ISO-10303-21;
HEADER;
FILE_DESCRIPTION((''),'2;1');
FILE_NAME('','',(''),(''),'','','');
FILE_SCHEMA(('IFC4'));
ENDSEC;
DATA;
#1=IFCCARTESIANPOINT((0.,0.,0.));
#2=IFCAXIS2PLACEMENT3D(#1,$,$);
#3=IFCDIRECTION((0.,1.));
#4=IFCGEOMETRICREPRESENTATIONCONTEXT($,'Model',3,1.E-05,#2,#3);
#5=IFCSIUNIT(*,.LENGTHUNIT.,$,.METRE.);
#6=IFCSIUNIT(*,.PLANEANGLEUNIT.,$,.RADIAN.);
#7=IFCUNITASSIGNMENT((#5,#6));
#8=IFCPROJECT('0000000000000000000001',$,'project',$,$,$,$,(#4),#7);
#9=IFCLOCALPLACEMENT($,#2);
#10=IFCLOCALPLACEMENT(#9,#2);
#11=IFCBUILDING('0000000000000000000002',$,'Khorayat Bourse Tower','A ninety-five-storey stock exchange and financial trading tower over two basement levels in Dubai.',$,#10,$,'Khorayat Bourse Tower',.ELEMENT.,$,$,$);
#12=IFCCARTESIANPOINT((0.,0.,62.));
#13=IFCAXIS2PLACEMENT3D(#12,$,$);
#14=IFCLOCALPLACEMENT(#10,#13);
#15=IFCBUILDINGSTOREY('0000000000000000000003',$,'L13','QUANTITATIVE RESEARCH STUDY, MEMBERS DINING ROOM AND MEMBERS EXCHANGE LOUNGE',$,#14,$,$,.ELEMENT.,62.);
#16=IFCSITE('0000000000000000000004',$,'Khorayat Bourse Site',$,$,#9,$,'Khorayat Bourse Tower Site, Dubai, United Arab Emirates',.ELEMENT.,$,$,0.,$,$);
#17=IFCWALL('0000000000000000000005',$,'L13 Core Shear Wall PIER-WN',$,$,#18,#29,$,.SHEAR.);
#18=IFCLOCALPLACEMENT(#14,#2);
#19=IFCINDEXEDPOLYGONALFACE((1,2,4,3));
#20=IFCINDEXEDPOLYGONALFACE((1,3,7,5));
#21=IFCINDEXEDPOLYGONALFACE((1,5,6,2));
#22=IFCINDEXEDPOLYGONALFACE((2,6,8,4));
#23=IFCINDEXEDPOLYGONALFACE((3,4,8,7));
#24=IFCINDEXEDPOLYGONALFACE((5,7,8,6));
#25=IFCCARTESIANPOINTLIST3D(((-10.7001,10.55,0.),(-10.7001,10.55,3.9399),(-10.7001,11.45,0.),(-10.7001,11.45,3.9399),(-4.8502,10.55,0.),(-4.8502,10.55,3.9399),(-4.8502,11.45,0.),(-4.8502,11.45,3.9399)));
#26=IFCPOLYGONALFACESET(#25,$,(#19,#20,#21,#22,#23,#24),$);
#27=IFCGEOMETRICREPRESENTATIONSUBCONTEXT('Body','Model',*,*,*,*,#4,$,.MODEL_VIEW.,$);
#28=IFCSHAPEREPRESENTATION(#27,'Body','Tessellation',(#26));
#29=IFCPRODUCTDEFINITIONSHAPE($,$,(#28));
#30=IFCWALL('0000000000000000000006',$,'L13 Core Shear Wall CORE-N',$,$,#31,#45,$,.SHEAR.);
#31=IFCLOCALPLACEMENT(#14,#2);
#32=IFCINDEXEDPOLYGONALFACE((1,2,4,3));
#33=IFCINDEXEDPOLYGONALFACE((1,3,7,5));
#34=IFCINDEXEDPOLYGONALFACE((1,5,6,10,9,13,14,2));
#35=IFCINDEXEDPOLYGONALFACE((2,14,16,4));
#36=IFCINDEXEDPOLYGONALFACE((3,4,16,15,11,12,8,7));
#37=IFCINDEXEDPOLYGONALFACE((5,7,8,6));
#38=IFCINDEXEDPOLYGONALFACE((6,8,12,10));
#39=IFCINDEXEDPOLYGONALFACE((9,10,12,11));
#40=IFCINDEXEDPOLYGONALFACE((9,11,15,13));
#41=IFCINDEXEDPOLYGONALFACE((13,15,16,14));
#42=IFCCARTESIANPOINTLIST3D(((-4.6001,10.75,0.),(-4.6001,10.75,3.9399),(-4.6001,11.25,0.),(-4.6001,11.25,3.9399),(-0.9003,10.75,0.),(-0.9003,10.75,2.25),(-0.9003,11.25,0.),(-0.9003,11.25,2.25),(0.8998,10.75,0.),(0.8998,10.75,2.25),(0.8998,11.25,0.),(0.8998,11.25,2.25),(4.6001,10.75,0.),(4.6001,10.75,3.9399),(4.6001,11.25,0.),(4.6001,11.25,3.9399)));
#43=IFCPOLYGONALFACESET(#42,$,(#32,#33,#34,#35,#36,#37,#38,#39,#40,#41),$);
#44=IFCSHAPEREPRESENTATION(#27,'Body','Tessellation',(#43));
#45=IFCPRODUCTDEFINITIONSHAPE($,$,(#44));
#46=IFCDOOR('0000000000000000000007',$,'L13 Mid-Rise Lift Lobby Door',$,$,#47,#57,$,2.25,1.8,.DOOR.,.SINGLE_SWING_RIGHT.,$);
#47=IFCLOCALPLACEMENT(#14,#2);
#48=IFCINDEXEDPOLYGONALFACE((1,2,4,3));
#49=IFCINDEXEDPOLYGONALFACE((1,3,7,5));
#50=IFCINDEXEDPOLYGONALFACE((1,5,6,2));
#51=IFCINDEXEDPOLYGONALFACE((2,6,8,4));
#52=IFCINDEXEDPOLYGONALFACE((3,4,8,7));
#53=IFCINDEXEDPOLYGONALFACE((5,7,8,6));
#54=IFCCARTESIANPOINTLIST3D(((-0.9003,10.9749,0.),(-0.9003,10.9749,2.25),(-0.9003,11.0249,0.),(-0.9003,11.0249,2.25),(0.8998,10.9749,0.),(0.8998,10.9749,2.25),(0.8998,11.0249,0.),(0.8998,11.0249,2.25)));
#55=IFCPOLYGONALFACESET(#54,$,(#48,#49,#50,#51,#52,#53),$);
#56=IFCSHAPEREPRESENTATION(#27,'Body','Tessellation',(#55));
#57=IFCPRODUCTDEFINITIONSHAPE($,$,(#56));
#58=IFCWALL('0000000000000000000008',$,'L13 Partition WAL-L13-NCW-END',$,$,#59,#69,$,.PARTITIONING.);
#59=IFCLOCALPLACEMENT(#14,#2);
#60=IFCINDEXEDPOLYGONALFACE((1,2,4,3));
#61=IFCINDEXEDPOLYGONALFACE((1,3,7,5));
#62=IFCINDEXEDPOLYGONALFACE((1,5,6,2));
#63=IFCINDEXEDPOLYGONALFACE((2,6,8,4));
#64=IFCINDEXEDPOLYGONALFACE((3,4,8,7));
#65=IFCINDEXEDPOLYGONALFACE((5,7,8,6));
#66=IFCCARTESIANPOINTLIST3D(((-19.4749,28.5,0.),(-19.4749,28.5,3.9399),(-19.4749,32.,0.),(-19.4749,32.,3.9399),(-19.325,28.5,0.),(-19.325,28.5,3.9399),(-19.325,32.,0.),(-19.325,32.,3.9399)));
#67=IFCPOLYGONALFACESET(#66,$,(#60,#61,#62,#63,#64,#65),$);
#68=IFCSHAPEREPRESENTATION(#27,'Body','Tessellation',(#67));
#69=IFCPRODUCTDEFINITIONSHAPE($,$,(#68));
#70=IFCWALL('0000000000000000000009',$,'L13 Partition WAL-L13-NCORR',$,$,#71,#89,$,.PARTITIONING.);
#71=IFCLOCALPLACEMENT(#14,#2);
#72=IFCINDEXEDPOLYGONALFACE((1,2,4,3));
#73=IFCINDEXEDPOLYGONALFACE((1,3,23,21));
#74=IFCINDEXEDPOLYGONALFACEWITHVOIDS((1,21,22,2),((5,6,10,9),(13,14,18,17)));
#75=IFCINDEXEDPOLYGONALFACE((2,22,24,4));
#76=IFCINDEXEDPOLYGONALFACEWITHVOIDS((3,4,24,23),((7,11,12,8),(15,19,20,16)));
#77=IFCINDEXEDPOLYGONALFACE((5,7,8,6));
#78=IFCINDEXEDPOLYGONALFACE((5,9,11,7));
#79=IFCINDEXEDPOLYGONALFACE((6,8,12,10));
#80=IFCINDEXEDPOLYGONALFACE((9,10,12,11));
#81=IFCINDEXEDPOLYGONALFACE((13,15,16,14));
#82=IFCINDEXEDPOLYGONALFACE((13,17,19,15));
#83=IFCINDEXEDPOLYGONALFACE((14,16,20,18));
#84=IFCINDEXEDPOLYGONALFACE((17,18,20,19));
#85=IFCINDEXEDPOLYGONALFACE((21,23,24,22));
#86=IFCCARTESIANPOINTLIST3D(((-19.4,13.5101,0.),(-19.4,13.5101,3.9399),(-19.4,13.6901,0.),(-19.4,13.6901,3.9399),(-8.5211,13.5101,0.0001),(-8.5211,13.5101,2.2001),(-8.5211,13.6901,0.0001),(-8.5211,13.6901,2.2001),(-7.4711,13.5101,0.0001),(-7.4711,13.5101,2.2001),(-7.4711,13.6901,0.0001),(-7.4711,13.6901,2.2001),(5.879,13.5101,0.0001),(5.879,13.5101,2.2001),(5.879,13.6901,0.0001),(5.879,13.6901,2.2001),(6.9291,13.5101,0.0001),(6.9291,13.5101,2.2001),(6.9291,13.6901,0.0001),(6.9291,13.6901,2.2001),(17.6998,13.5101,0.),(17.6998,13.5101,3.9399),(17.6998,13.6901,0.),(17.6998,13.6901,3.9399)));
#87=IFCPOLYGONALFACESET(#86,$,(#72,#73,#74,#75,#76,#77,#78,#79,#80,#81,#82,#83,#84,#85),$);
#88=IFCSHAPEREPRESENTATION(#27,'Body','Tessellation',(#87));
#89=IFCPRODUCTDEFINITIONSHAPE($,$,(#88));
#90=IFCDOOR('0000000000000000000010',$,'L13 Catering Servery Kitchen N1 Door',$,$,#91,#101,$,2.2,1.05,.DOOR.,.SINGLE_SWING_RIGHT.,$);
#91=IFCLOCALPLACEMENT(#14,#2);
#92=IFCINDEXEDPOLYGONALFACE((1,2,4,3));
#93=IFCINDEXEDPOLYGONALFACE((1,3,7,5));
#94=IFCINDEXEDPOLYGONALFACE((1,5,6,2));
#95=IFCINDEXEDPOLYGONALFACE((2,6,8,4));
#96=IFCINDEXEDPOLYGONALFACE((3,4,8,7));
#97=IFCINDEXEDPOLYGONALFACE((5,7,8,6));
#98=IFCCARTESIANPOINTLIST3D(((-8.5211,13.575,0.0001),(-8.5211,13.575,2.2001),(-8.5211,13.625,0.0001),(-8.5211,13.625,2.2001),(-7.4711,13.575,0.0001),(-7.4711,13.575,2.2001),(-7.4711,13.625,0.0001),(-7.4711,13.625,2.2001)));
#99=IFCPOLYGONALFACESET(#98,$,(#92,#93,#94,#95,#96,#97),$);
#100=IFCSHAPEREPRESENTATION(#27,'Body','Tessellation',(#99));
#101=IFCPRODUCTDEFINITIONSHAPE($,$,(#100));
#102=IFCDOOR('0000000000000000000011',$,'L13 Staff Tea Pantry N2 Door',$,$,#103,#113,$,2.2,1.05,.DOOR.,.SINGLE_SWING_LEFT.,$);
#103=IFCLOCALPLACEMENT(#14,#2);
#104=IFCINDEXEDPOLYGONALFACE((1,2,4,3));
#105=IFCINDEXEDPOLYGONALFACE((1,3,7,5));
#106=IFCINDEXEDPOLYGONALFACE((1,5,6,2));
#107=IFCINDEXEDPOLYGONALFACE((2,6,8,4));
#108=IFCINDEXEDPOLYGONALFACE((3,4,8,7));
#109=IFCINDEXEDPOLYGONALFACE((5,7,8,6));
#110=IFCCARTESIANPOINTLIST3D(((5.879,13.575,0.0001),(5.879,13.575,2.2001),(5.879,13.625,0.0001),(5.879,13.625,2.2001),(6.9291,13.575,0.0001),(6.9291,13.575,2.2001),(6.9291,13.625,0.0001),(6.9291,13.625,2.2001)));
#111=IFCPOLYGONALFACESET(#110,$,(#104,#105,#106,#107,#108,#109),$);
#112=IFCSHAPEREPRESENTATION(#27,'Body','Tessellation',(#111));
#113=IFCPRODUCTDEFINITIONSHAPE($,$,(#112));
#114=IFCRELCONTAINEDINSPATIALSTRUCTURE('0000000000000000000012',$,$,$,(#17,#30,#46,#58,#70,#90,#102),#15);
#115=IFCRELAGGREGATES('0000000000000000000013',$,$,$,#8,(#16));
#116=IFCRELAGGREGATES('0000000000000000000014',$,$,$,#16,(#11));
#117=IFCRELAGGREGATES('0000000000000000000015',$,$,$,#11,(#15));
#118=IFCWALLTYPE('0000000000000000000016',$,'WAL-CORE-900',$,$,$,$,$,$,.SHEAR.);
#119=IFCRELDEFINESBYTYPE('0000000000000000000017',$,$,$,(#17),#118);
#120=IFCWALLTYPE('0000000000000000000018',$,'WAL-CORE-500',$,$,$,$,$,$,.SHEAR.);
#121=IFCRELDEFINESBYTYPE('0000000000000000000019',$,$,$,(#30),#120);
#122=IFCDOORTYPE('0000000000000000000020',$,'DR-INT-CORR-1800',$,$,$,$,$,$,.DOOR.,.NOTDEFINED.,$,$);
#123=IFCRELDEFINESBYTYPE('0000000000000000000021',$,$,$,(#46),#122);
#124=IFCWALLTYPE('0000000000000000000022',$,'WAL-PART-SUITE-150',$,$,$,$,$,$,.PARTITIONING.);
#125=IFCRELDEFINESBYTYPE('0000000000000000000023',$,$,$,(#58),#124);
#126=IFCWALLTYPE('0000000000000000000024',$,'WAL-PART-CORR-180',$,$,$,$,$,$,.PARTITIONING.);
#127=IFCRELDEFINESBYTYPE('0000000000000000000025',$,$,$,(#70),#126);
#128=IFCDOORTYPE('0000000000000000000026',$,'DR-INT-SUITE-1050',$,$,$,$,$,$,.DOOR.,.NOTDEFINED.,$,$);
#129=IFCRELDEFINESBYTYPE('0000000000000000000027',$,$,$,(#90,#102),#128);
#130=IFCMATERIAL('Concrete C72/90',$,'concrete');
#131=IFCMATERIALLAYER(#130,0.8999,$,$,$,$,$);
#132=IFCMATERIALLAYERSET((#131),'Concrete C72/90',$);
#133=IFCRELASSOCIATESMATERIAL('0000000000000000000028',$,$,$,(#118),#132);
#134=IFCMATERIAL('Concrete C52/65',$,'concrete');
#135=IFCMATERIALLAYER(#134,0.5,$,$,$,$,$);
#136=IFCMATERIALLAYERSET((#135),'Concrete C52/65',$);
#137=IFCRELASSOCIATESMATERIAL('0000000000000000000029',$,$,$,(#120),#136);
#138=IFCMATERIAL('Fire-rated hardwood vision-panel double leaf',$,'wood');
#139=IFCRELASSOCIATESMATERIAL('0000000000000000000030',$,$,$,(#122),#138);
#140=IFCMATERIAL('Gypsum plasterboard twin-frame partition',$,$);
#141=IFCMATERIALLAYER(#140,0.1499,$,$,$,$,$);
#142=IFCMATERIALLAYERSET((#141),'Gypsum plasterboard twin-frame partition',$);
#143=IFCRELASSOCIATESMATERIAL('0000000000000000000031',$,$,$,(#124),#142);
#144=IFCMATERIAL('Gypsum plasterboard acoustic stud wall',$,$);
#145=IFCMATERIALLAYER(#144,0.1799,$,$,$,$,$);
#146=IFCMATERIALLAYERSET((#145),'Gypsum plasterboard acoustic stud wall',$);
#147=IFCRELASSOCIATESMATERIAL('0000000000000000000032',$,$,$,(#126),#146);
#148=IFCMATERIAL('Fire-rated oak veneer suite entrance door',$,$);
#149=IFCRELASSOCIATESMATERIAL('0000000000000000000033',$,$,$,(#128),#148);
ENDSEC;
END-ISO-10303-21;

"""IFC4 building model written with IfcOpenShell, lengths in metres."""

from ifc_helpers import new_model, si_unit, direction, frame, frame_2d, origin, place, context, subcontext, project, spatial, rectangle, extrude, source, transform, mapped, material, layer, layer_set, type_object, element, fill, save


model = new_model("IFC4")

# Units and contexts
model_context = context("Model", 3, precision=1e-05, world=origin(), true_north=direction((0.0, 1.0)))
body_context = subcontext(model_context, "Body", "Model", "MODEL_VIEW")
ifc_project = project(units=[si_unit("LENGTHUNIT", "METRE"), si_unit("PLANEANGLEUNIT", "RADIAN")], contexts=[model_context])

# Site, building, storey
site_placement = place(None, origin())
site = spatial("IfcSite", under=ifc_project, at=site_placement, Name="Khorayat Bourse Site", LongName="Khorayat Bourse Tower Site, Dubai, United Arab Emirates", CompositionType="ELEMENT", RefElevation=0.0)
building_placement = place(site_placement, origin())
building = spatial("IfcBuilding", under=site, at=building_placement, Name="Khorayat Bourse Tower", Description="A ninety-five-storey stock exchange and financial trading tower over two basement levels in Dubai.", LongName="Khorayat Bourse Tower", CompositionType="ELEMENT")
storey_placement = place(building_placement, frame((0.0, 0.0, 62.0)))
storey = spatial("IfcBuildingStorey", under=building, at=storey_placement, Name="L13", Description="QUANTITATIVE RESEARCH STUDY, MEMBERS DINING ROOM AND MEMBERS EXCHANGE LOUNGE", CompositionType="ELEMENT", Elevation=62.0)

# Shared definitions
ifc_material_1 = material(Name="Concrete C72/90", Category="concrete")

# Wall
ifc_layer_1 = layer(ifc_material_1, 0.8999)
ifc_layer_set_1 = layer_set([ifc_layer_1], Name="Concrete C72/90")
wall_type_1 = type_object("IfcWallType", Name="WAL-CORE-900", PredefinedType="SHEAR", material=ifc_layer_set_1)
shared_shape_1 = source(origin(), body_context, "Body", "SweptSolid", [
    extrude(rectangle(XDim=5.8499, YDim=0.8999, at=frame_2d((2.9248, 0.0))), origin(), (0.0, 0.0, 1.0), 3.9399),
])
wall_1_placement = place(storey_placement, frame((-10.7, 11.0, 0.0), z_axis=(0.0, 0.0, 1.0), x_axis=(1.0, 0.0, 0.0)))
element("IfcWall", 1, at=wall_1_placement, inside=storey, type_object=wall_type_1, Name="L13 Core Shear Wall PIER-WN", PredefinedType="SHEAR", context=body_context, shape_type="MappedRepresentation", body=[
    mapped(shared_shape_1, transform((0.0, 0.0, 0.0), scale=1.0)),
])

# Wall, opening, door
ifc_material_2 = material(Name="Concrete C52/65", Category="concrete")
ifc_layer_2 = layer(ifc_material_2, 0.5)
ifc_layer_set_2 = layer_set([ifc_layer_2], Name="Concrete C52/65")
wall_type_2 = type_object("IfcWallType", Name="WAL-CORE-500", PredefinedType="SHEAR", material=ifc_layer_set_2)
shared_shape_2 = source(origin(), body_context, "Body", "SweptSolid", [
    extrude(rectangle(XDim=9.2002, YDim=0.5, at=frame_2d((4.6001, 0.0))), origin(), (0.0, 0.0, 1.0), 3.9399),
])
wall_2_placement = place(storey_placement, frame((-4.6001, 11.0, 0.0), z_axis=(0.0, 0.0, 1.0), x_axis=(1.0, 0.0, 0.0)))
wall_2 = element("IfcWall", 2, at=wall_2_placement, inside=storey, type_object=wall_type_2, Name="L13 Core Shear Wall CORE-N", PredefinedType="SHEAR", context=body_context, shape_type="MappedRepresentation", body=[
    mapped(shared_shape_2, transform((0.0, 0.0, 0.0), scale=1.0)),
])
shared_shape_3 = source(origin(), body_context, "Body", "SweptSolid", [
    extrude(rectangle(XDim=1.8, YDim=2.25, at=frame_2d((0.8999, 1.125))), frame((0.0, 0.26, 0.0), z_axis=(0.0, -1.0, 0.0), x_axis=(1.0, 0.0, 0.0)), (0.0, 0.0, 1.0), 0.52),
])
opening_1_placement = place(wall_2_placement, frame((3.7, 0.0, 0.0)))
opening_1 = element("IfcOpeningElement", 3, at=opening_1_placement, cuts=wall_2, PredefinedType="OPENING", context=body_context, shape_type="MappedRepresentation", body=[
    mapped(shared_shape_3, transform((0.0, 0.0, 0.0), scale=1.0)),
])
ifc_material_3 = material(Name="Fire-rated hardwood vision-panel double leaf", Category="wood")
door_type_1 = type_object("IfcDoorType", Name="DR-INT-CORR-1800", OperationType="NOTDEFINED", PredefinedType="DOOR", material=ifc_material_3)
shared_shape_4 = source(origin(), body_context, "Body", "SweptSolid", [
    extrude(rectangle(XDim=1.8, YDim=2.25, at=frame_2d((0.8999, 1.125))), frame((0.0, 0.0249, 0.0), z_axis=(0.0, -1.0, 0.0), x_axis=(1.0, 0.0, 0.0)), (0.0, 0.0, 1.0), 0.05),
])
door_1_placement = place(opening_1_placement, origin())
door_1 = element("IfcDoor", 4, at=door_1_placement, inside=storey, type_object=door_type_1, Name="L13 Mid-Rise Lift Lobby Door", OperationType="SINGLE_SWING_RIGHT", OverallHeight=2.25, OverallWidth=1.8, PredefinedType="DOOR", context=body_context, shape_type="MappedRepresentation", body=[
    mapped(shared_shape_4, transform((0.0, 0.0, 0.0), scale=1.0)),
])
fill(opening_1, door_1)

# Wall
ifc_material_4 = material(Name="Gypsum plasterboard twin-frame partition")
ifc_layer_3 = layer(ifc_material_4, 0.1499)
ifc_layer_set_3 = layer_set([ifc_layer_3], Name="Gypsum plasterboard twin-frame partition")
wall_type_3 = type_object("IfcWallType", Name="WAL-PART-SUITE-150", PredefinedType="PARTITIONING", material=ifc_layer_set_3)
shared_shape_5 = source(origin(), body_context, "Body", "SweptSolid", [
    extrude(rectangle(XDim=3.5, YDim=0.1499, at=frame_2d((1.75, 0.0))), origin(), (0.0, 0.0, 1.0), 3.9399),
])
wall_3_placement = place(storey_placement, frame((-19.3999, 28.5, 0.0), z_axis=(0.0, 0.0, 1.0), x_axis=(0.0, 1.0, 0.0)))
element("IfcWall", 5, at=wall_3_placement, inside=storey, type_object=wall_type_3, Name="L13 Partition WAL-L13-NCW-END", PredefinedType="PARTITIONING", context=body_context, shape_type="MappedRepresentation", body=[
    mapped(shared_shape_5, transform((0.0, 0.0, 0.0), scale=1.0)),
])

# Wall, openings, doors
ifc_material_5 = material(Name="Gypsum plasterboard acoustic stud wall")
ifc_layer_4 = layer(ifc_material_5, 0.1799)
ifc_layer_set_4 = layer_set([ifc_layer_4], Name="Gypsum plasterboard acoustic stud wall")
wall_type_4 = type_object("IfcWallType", Name="WAL-PART-CORR-180", PredefinedType="PARTITIONING", material=ifc_layer_set_4)
shared_shape_6 = source(origin(), body_context, "Body", "SweptSolid", [
    extrude(rectangle(XDim=37.0999, YDim=0.1799, at=frame_2d((18.5498, 0.0))), origin(), (0.0, 0.0, 1.0), 3.9399),
])
wall_4_placement = place(storey_placement, frame((-19.3999, 13.6001, 0.0), z_axis=(0.0, 0.0, 1.0), x_axis=(1.0, 0.0, 0.0)))
wall_4 = element("IfcWall", 6, at=wall_4_placement, inside=storey, type_object=wall_type_4, Name="L13 Partition WAL-L13-NCORR", PredefinedType="PARTITIONING", context=body_context, shape_type="MappedRepresentation", body=[
    mapped(shared_shape_6, transform((0.0, 0.0, 0.0), scale=1.0)),
])
shared_shape_7 = source(origin(), body_context, "Body", "SweptSolid", [
    extrude(rectangle(XDim=1.05, YDim=2.2, at=frame_2d((0.5249, 1.1001))), frame((0.0, 0.0999, 0.0), z_axis=(0.0, -1.0, 0.0), x_axis=(1.0, 0.0, 0.0)), (0.0, 0.0, 1.0), 0.2),
])
opening_2_placement = place(wall_4_placement, frame((10.8789, 0.0, 0.0)))
opening_2 = element("IfcOpeningElement", 7, at=opening_2_placement, cuts=wall_4, PredefinedType="OPENING", context=body_context, shape_type="MappedRepresentation", body=[
    mapped(shared_shape_7, transform((0.0, 0.0, 0.0), scale=1.0)),
])
opening_3_placement = place(wall_4_placement, frame((25.2791, 0.0, 0.0)))
opening_3 = element("IfcOpeningElement", 8, at=opening_3_placement, cuts=wall_4, PredefinedType="OPENING", context=body_context, shape_type="MappedRepresentation", body=[
    mapped(shared_shape_7, transform((0.0, 0.0, 0.0), scale=1.0)),
])
ifc_material_6 = material(Name="Fire-rated oak veneer suite entrance door")
door_type_2 = type_object("IfcDoorType", Name="DR-INT-SUITE-1050", OperationType="NOTDEFINED", PredefinedType="DOOR", material=ifc_material_6)
shared_shape_8 = source(origin(), body_context, "Body", "SweptSolid", [
    extrude(rectangle(XDim=1.05, YDim=2.2, at=frame_2d((0.5249, 1.1001))), frame((0.0, 0.0249, 0.0), z_axis=(0.0, -1.0, 0.0), x_axis=(1.0, 0.0, 0.0)), (0.0, 0.0, 1.0), 0.05),
])
door_2_placement = place(opening_2_placement, origin())
door_2 = element("IfcDoor", 9, at=door_2_placement, inside=storey, type_object=door_type_2, Name="L13 Catering Servery Kitchen N1 Door", OperationType="SINGLE_SWING_RIGHT", OverallHeight=2.2, OverallWidth=1.05, PredefinedType="DOOR", context=body_context, shape_type="MappedRepresentation", body=[
    mapped(shared_shape_8, transform((0.0, 0.0, 0.0), scale=1.0)),
])
fill(opening_2, door_2)
door_3_placement = place(opening_3_placement, origin())
door_3 = element("IfcDoor", 10, at=door_3_placement, inside=storey, type_object=door_type_2, Name="L13 Staff Tea Pantry N2 Door", OperationType="SINGLE_SWING_LEFT", OverallHeight=2.2, OverallWidth=1.05, PredefinedType="DOOR", context=body_context, shape_type="MappedRepresentation", body=[
    mapped(shared_shape_8, transform((0.0, 0.0, 0.0), scale=1.0)),
])
fill(opening_3, door_3)

save(model, "model.ifc")
